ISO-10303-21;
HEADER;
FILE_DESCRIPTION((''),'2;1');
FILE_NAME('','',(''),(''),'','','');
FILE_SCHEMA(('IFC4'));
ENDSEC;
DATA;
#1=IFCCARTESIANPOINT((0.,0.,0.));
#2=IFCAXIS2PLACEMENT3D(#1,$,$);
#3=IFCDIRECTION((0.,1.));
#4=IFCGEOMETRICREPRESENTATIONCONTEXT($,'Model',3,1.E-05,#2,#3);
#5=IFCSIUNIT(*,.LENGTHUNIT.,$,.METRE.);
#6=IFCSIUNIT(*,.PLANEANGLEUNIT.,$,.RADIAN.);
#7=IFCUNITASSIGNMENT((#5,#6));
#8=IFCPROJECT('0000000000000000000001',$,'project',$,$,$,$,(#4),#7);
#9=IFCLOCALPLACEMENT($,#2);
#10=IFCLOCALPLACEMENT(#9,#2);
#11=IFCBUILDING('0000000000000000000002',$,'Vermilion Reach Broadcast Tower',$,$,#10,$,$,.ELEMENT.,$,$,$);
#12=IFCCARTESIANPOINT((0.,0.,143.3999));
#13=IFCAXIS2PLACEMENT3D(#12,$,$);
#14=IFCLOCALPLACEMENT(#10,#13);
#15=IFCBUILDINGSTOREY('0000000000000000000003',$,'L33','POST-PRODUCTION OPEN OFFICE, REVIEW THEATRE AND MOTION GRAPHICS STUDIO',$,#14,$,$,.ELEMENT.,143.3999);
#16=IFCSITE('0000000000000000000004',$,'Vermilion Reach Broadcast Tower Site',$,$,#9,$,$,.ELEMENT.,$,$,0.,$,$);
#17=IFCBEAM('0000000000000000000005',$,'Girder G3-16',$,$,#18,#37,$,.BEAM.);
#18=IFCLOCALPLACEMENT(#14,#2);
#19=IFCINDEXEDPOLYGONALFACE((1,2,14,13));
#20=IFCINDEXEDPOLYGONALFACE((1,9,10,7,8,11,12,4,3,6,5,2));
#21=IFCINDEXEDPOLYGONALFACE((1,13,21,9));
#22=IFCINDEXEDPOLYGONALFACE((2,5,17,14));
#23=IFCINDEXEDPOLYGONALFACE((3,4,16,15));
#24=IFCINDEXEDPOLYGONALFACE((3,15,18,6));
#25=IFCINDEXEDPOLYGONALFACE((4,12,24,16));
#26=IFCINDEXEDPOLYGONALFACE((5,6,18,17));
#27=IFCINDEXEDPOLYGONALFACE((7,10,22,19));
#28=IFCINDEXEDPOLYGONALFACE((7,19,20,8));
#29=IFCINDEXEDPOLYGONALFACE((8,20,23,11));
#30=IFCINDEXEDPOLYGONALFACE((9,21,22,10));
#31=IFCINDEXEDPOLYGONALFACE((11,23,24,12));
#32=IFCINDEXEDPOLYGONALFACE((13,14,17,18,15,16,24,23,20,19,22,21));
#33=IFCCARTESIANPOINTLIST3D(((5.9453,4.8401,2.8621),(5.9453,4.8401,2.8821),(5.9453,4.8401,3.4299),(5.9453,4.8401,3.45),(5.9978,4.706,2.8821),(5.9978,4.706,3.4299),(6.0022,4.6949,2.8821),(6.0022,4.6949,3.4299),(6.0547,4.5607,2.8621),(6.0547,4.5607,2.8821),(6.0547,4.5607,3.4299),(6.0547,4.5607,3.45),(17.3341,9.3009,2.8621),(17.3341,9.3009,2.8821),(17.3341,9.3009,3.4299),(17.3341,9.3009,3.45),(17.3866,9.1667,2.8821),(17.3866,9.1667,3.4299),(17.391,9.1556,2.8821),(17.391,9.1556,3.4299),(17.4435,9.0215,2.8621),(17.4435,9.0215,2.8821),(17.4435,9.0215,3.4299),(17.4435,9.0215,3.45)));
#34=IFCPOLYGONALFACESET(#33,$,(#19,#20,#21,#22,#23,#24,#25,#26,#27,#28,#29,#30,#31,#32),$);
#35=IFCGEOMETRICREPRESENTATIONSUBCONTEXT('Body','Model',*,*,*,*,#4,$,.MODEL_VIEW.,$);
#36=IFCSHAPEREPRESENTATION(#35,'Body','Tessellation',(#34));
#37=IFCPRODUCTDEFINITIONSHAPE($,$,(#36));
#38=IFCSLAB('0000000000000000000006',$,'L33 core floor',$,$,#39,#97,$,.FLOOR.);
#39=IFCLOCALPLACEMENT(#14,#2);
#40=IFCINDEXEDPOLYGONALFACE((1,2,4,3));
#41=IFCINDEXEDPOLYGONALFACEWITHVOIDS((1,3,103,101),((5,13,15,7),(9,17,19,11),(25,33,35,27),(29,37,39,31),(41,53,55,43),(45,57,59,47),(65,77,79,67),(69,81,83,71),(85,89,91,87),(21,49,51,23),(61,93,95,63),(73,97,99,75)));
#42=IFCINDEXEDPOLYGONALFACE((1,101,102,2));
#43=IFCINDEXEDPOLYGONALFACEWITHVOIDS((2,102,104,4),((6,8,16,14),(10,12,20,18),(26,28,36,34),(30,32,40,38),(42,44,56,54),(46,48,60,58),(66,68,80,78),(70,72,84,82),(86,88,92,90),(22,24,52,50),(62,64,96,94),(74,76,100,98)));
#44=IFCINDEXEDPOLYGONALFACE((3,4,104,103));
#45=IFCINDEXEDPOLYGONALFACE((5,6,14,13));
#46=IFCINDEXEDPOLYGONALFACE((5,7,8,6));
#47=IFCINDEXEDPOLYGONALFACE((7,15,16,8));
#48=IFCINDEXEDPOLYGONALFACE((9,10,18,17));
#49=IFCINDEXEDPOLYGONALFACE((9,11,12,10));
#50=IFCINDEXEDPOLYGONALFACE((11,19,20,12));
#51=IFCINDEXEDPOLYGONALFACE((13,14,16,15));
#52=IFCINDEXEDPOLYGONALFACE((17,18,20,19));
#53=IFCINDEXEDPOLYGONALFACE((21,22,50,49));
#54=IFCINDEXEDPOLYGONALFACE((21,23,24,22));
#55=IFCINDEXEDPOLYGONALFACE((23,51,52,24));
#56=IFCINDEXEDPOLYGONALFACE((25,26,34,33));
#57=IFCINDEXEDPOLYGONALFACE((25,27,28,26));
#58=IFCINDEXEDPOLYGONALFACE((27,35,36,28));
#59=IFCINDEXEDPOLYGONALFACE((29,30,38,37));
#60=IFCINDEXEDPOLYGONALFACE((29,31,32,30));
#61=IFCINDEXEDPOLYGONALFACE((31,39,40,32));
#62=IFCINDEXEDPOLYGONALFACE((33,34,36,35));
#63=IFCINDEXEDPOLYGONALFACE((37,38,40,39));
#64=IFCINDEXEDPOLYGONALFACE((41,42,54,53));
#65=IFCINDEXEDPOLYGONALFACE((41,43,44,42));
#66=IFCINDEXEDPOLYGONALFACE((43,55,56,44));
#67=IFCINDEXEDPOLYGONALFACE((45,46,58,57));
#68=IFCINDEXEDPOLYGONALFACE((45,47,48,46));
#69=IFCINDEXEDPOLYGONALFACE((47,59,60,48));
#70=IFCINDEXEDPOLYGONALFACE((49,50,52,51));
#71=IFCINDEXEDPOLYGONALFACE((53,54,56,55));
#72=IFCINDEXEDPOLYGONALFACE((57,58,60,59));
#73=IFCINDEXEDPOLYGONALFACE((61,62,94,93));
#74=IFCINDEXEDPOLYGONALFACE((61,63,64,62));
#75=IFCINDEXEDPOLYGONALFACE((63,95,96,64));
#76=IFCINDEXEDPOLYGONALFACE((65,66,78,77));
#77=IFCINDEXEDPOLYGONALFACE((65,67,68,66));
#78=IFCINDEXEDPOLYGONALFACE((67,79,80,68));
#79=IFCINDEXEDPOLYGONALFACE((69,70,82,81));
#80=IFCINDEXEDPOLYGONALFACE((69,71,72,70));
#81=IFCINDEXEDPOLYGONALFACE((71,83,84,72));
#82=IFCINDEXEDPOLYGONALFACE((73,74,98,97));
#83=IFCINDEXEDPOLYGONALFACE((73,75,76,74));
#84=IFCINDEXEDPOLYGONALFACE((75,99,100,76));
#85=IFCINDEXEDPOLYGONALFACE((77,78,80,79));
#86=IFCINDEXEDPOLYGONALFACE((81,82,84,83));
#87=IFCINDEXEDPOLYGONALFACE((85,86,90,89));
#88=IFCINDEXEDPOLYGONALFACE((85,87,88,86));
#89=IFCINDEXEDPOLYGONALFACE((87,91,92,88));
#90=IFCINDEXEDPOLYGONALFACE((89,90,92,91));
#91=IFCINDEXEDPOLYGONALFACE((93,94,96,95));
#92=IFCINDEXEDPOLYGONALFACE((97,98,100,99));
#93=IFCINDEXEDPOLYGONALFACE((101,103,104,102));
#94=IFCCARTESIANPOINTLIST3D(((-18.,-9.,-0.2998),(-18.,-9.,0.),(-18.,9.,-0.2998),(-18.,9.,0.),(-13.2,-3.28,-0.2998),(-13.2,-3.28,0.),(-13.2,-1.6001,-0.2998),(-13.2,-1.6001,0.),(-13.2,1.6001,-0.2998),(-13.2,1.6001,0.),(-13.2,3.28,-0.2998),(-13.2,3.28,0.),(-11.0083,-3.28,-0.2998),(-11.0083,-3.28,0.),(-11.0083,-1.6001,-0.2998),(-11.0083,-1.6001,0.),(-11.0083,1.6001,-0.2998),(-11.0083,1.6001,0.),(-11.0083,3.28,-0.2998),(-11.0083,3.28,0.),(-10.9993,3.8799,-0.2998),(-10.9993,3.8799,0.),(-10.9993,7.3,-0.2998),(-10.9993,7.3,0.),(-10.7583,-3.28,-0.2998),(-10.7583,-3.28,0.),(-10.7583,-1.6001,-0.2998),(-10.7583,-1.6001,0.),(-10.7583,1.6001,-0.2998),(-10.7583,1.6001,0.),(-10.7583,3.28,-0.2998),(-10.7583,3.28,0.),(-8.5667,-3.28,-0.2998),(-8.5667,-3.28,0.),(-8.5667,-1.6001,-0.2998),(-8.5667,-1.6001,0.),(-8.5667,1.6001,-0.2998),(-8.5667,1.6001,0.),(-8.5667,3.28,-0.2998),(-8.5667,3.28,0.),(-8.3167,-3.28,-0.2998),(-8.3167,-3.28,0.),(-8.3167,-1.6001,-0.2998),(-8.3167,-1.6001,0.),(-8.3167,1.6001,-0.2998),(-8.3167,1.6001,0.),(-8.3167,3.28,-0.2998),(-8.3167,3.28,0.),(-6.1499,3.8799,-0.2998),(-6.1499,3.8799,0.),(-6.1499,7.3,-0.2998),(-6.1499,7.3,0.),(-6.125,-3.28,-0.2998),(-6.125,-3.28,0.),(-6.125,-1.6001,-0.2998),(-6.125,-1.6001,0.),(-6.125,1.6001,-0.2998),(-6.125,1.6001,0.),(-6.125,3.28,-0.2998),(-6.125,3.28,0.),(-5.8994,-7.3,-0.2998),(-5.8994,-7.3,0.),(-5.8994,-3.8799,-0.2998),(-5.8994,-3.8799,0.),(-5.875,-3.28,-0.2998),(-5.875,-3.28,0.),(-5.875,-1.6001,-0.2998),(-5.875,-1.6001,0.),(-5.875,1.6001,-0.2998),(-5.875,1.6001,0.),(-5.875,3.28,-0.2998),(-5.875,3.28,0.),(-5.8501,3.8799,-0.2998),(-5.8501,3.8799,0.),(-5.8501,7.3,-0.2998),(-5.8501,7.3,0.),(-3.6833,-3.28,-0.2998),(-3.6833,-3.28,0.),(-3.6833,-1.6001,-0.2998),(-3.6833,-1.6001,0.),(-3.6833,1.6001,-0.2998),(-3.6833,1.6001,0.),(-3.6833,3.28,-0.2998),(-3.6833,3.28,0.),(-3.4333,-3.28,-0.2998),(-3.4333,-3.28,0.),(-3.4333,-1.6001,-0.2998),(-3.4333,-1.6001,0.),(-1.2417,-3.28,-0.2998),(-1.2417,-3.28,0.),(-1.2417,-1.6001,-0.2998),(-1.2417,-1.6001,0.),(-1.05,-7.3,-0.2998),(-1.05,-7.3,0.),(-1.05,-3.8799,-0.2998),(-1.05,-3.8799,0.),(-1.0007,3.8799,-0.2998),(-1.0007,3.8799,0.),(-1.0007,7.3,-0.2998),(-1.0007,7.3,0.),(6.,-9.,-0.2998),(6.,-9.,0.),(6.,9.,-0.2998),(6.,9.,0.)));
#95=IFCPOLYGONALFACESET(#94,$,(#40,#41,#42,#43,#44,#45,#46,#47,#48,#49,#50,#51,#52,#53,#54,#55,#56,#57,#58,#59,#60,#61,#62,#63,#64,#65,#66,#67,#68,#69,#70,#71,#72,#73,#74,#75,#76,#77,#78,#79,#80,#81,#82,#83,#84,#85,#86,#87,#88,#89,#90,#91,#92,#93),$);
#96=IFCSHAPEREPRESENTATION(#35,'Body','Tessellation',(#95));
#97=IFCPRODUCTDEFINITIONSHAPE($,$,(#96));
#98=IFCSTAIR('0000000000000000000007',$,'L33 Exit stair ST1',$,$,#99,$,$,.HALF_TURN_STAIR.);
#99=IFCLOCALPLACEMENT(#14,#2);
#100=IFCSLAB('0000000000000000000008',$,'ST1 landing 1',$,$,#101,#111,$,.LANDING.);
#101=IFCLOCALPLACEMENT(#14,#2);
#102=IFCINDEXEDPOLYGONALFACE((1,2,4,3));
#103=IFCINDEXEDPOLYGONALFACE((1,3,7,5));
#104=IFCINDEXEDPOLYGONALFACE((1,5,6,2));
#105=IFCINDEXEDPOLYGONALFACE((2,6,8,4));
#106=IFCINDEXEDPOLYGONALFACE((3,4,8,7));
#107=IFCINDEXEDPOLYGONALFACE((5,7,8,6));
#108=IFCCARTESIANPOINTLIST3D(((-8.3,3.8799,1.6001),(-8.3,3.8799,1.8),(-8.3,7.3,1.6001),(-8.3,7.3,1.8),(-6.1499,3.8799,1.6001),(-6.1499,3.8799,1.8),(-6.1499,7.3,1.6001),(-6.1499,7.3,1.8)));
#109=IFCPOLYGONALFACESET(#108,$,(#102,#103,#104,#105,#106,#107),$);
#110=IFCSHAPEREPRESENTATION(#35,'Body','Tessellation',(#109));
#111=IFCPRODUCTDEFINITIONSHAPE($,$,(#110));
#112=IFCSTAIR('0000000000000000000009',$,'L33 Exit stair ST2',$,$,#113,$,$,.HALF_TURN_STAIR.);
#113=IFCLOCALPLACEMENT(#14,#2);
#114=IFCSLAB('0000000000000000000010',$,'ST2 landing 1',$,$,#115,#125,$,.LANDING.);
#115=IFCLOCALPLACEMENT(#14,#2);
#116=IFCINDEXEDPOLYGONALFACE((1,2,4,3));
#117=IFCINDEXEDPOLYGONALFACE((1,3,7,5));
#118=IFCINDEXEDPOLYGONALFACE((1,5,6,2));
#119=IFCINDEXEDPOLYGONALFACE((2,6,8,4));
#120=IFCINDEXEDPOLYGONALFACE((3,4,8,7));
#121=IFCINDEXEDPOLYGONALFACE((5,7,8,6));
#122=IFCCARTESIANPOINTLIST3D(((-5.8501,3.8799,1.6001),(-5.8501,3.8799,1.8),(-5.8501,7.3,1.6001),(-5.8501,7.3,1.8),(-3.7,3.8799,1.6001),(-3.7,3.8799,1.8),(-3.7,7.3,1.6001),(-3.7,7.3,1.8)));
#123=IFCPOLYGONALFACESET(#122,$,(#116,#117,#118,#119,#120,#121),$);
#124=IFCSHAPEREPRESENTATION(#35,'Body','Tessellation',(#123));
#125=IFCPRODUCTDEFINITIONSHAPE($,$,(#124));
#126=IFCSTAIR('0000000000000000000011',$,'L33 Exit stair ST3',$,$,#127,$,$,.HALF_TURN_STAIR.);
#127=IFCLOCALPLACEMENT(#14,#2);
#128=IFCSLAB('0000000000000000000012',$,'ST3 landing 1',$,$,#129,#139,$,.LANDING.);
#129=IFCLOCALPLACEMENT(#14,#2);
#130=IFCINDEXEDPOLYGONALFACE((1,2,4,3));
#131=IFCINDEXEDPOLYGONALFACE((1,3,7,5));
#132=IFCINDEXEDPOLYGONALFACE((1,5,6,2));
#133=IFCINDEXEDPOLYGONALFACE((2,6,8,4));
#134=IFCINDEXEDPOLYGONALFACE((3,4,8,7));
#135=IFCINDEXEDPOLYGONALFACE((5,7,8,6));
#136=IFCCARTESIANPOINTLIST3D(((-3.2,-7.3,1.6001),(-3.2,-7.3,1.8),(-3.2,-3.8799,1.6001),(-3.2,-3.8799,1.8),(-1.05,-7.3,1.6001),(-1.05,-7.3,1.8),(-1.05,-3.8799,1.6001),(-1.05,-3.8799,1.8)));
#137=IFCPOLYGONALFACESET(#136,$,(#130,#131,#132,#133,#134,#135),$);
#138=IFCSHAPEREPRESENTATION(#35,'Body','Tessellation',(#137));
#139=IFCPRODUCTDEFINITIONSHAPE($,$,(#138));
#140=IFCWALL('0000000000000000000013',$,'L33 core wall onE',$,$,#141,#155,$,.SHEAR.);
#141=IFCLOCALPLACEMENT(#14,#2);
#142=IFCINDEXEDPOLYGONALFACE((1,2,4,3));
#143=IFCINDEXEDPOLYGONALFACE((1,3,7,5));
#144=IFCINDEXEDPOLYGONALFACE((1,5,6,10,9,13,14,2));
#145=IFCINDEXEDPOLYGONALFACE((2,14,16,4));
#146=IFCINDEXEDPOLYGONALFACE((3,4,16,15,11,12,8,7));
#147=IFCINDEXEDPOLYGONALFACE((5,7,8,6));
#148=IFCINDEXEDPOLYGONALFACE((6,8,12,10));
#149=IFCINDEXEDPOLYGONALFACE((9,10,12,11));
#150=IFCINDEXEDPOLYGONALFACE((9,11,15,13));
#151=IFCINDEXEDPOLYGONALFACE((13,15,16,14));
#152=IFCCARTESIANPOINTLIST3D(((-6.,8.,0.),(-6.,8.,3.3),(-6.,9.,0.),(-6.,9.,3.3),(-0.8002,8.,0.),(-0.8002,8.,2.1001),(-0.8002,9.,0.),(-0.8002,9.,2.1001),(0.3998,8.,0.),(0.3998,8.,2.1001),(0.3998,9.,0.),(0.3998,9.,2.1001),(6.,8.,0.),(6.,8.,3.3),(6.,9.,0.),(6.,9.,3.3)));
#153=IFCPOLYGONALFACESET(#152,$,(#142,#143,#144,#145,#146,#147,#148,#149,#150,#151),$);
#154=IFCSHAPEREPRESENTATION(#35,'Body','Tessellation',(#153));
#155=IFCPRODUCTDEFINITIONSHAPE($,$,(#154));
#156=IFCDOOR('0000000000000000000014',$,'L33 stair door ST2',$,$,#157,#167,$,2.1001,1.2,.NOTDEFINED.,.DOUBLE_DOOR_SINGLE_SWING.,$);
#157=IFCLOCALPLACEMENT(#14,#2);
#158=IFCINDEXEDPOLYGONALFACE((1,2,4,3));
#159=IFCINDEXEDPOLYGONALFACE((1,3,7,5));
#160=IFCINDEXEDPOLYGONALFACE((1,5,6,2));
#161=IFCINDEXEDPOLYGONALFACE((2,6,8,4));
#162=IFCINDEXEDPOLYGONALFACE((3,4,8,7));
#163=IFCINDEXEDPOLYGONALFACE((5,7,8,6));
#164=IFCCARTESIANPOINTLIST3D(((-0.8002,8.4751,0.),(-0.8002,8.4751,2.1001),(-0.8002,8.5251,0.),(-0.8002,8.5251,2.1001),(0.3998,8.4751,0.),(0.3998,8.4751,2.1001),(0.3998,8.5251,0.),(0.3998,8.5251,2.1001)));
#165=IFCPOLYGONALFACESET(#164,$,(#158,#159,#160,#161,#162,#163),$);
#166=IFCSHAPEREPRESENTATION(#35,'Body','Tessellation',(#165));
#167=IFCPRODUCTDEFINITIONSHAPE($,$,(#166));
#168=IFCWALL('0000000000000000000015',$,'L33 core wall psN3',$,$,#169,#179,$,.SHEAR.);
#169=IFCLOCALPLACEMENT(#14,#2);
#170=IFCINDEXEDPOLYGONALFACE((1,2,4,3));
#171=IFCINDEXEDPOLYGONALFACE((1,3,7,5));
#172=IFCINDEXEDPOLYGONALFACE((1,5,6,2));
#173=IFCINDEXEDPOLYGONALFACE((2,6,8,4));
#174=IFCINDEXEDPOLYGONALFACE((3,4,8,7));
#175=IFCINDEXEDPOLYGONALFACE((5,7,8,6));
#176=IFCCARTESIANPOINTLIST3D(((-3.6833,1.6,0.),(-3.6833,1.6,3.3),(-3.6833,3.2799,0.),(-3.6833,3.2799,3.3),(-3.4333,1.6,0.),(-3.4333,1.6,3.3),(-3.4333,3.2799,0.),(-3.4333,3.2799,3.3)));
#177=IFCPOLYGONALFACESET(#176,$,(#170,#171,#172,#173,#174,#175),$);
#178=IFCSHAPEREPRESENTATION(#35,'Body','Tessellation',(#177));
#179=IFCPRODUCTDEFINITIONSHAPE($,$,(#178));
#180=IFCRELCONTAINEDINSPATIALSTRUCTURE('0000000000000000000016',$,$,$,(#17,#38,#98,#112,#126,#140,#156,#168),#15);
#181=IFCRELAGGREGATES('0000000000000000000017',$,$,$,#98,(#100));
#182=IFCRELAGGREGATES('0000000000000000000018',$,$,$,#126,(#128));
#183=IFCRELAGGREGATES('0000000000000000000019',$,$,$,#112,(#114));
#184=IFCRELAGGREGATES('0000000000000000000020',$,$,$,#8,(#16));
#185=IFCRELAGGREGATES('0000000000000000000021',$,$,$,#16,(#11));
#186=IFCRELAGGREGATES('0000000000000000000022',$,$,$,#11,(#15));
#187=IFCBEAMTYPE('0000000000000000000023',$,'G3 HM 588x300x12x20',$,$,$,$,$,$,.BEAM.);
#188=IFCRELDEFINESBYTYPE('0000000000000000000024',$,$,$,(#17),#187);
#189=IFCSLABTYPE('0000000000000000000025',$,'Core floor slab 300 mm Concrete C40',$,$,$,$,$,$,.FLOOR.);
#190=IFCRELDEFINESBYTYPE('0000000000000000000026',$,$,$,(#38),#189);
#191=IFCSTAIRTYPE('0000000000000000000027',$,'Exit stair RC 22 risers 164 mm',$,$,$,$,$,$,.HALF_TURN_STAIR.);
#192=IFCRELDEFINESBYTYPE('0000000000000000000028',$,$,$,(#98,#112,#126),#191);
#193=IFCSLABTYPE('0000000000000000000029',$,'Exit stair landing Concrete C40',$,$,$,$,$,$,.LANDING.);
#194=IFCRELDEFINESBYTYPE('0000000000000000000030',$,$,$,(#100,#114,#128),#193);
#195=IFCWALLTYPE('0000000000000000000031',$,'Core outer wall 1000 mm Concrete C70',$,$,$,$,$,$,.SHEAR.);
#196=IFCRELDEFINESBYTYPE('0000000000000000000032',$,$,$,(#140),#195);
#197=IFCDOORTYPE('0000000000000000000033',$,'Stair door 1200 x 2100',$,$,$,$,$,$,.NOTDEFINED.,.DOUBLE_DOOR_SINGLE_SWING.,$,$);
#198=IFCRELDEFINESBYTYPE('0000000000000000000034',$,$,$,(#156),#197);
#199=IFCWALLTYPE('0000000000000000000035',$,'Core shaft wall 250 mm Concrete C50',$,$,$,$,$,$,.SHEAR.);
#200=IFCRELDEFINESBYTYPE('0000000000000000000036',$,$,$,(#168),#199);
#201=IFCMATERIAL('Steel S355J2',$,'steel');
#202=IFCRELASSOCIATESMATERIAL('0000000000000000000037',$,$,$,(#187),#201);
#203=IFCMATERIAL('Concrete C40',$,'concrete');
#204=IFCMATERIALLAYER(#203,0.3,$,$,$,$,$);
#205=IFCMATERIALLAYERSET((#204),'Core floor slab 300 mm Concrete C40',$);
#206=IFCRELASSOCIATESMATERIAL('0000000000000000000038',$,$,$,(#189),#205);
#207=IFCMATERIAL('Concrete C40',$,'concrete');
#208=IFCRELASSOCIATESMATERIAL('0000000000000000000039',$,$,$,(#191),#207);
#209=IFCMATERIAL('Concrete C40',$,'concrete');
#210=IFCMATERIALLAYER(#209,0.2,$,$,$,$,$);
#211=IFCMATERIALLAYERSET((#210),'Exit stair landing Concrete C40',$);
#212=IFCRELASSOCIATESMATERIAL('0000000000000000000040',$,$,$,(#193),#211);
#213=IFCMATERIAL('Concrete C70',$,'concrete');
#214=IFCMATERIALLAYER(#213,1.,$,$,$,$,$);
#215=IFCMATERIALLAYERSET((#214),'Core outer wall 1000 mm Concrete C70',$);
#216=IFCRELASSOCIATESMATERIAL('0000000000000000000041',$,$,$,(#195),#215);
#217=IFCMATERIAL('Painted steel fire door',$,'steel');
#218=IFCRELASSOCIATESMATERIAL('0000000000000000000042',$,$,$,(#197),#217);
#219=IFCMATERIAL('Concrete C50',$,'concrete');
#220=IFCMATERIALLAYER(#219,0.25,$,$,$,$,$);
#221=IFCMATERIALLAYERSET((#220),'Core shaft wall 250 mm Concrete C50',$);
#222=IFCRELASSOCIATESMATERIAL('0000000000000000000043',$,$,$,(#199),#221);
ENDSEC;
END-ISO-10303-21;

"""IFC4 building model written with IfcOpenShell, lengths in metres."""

from ifc_helpers import new_model, si_unit, direction, frame, frame_2d, origin, origin_2d, place, context, subcontext, project, spatial, polyline, rectangle, i_section, outline, extrude, material, layer, layer_set, material_profile, profile_set, type_object, element, fill, aggregate, save


model = new_model("IFC4")

# Units and contexts
model_context = context("Model", 3, precision=1e-05, world=origin(), true_north=direction((0.0, 1.0)))
body_context = subcontext(model_context, "Body", "Model", "MODEL_VIEW")
ifc_project = project(units=[si_unit("LENGTHUNIT", "METRE"), si_unit("PLANEANGLEUNIT", "RADIAN")], contexts=[model_context])

# Site, building, storey
site_placement = place(None, origin())
site = spatial("IfcSite", under=ifc_project, at=site_placement, Name="Vermilion Reach Broadcast Tower Site", CompositionType="ELEMENT", RefElevation=0.0)
building_placement = place(site_placement, origin())
building = spatial("IfcBuilding", under=site, at=building_placement, Name="Vermilion Reach Broadcast Tower", CompositionType="ELEMENT")
storey_placement = place(building_placement, frame((0.0, 0.0, 143.3999)))
storey = spatial("IfcBuildingStorey", under=building, at=storey_placement, Name="L33", Description="POST-PRODUCTION OPEN OFFICE, REVIEW THEATRE AND MOTION GRAPHICS STUDIO", CompositionType="ELEMENT", Elevation=143.3999)

# Beam
ifc_material_1 = material(Name="Steel S355J2", Category="steel")
ifc_material_profile = material_profile(ifc_material_1, i_section(OverallWidth=0.3, OverallDepth=0.5879, WebThickness=0.012, FlangeThickness=0.02, at=origin_2d()), Name="S355J2 HM 588x300x12x20")
ifc_profile_set = profile_set([ifc_material_profile], Name="Steel S355J2")
beam_type = type_object("IfcBeamType", Name="G3 HM 588x300x12x20", PredefinedType="BEAM", material=ifc_profile_set)
beam_placement = place(storey_placement, frame((6.0, 4.7004, 3.156), z_axis=(0.931125, 0.364701, 0.0), x_axis=(-0.364701, 0.931125, 0.0)))
element("IfcBeam", 1, at=beam_placement, inside=storey, type_object=beam_type, Name="Girder G3-16", PredefinedType="BEAM", context=body_context, shape_type="SweptSolid", body=[
    extrude(i_section(OverallWidth=0.3, OverallDepth=0.5879, WebThickness=0.012, FlangeThickness=0.02, at=origin_2d()), origin(), (0.0, 0.0, 1.0), 12.2312),
])

# Slab
ifc_material_2 = material(Name="Concrete C40", Category="concrete")
ifc_layer_1 = layer(ifc_material_2, 0.3)
ifc_layer_set_1 = layer_set([ifc_layer_1], Name="Core floor slab 300 mm Concrete C40")
slab_type_1 = type_object("IfcSlabType", Name="Core floor slab 300 mm Concrete C40", PredefinedType="FLOOR", material=ifc_layer_set_1)
slab_1_placement = place(storey_placement, frame((0.0, 0.0, -0.2998)))
element("IfcSlab", 2, at=slab_1_placement, inside=storey, type_object=slab_type_1, Name="L33 core floor", PredefinedType="FLOOR", context=body_context, shape_type="SweptSolid", body=[
    extrude(outline(polyline([(-18.0, -9.0), (6.0, -9.0), (6.0, 9.0), (-18.0, 9.0), (-18.0, -9.0)]), holes=[polyline([(-13.2, 1.6001), (-11.0083, 1.6001), (-11.0083, 3.28), (-13.2, 3.28), (-13.2, 1.6001)]), polyline([(-10.7583, 1.6001), (-8.5667, 1.6001), (-8.5667, 3.28), (-10.7583, 3.28), (-10.7583, 1.6001)]), polyline([(-8.3167, 1.6001), (-6.125, 1.6001), (-6.125, 3.28), (-8.3167, 3.28), (-8.3167, 1.6001)]), polyline([(-5.875, 1.6001), (-3.6833, 1.6001), (-3.6833, 3.28), (-5.875, 3.28), (-5.875, 1.6001)]), polyline([(-13.2, -3.28), (-11.0083, -3.28), (-11.0083, -1.6001), (-13.2, -1.6001), (-13.2, -3.28)]), polyline([(-10.7583, -3.28), (-8.5667, -3.28), (-8.5667, -1.6001), (-10.7583, -1.6001), (-10.7583, -3.28)]), polyline([(-8.3167, -3.28), (-6.125, -3.28), (-6.125, -1.6001), (-8.3167, -1.6001), (-8.3167, -3.28)]), polyline([(-5.875, -3.28), (-3.6833, -3.28), (-3.6833, -1.6001), (-5.875, -1.6001), (-5.875, -3.28)]), polyline([(-3.4333, -3.28), (-1.2417, -3.28), (-1.2417, -1.6001), (-3.4333, -1.6001), (-3.4333, -3.28)]), polyline([(-10.9993, 3.8799), (-6.1499, 3.8799), (-6.1499, 7.3), (-10.9993, 7.3), (-10.9993, 3.8799)]), polyline([(-1.0007, 7.3), (-5.8501, 7.3), (-5.8501, 3.8799), (-1.0007, 3.8799), (-1.0007, 7.3)]), polyline([(-5.8994, -7.3), (-1.05, -7.3), (-1.05, -3.8799), (-5.8994, -3.8799), (-5.8994, -7.3)])]), origin(), (0.0, 0.0, 1.0), 0.2998),
])

# Stairs, slabs
ifc_material_3 = material(Name="Concrete C40", Category="concrete")
stair_type = type_object("IfcStairType", Name="Exit stair RC 22 risers 164 mm", PredefinedType="HALF_TURN_STAIR", material=ifc_material_3)
placement_1 = place(storey_placement, origin())
stair_1 = element("IfcStair", 3, at=placement_1, inside=storey, type_object=stair_type, Name="L33 Exit stair ST1", PredefinedType="HALF_TURN_STAIR")
ifc_material_4 = material(Name="Concrete C40", Category="concrete")
ifc_layer_2 = layer(ifc_material_4, 0.2)
ifc_layer_set_2 = layer_set([ifc_layer_2], Name="Exit stair landing Concrete C40")
slab_type_2 = type_object("IfcSlabType", Name="Exit stair landing Concrete C40", PredefinedType="LANDING", material=ifc_layer_set_2)
placement_2 = place(storey_placement, frame((0.0, 0.0, 1.6001)))
slab_2 = element("IfcSlab", 4, at=placement_2, type_object=slab_type_2, Name="ST1 landing 1", PredefinedType="LANDING", context=body_context, shape_type="SweptSolid", body=[
    extrude(outline(polyline([(-8.3, 3.8799), (-6.1499, 3.8799), (-6.1499, 7.3), (-8.3, 7.3), (-8.3, 3.8799)])), origin(), (0.0, 0.0, 1.0), 0.2),
])
aggregate(stair_1, [slab_2])
stair_2 = element("IfcStair", 5, at=placement_1, inside=storey, type_object=stair_type, Name="L33 Exit stair ST2", PredefinedType="HALF_TURN_STAIR")
slab_3 = element("IfcSlab", 6, at=placement_2, type_object=slab_type_2, Name="ST2 landing 1", PredefinedType="LANDING", context=body_context, shape_type="SweptSolid", body=[
    extrude(outline(polyline([(-3.7, 7.3), (-5.8501, 7.3), (-5.8501, 3.8799), (-3.7, 3.8799), (-3.7, 7.3)])), origin(), (0.0, 0.0, 1.0), 0.2),
])
stair_3 = element("IfcStair", 7, at=placement_1, inside=storey, type_object=stair_type, Name="L33 Exit stair ST3", PredefinedType="HALF_TURN_STAIR")
slab_4 = element("IfcSlab", 8, at=placement_2, type_object=slab_type_2, Name="ST3 landing 1", PredefinedType="LANDING", context=body_context, shape_type="SweptSolid", body=[
    extrude(outline(polyline([(-3.2, -7.3), (-1.05, -7.3), (-1.05, -3.8799), (-3.2, -3.8799), (-3.2, -7.3)])), origin(), (0.0, 0.0, 1.0), 0.2),
])
aggregate(stair_3, [slab_4])

# Wall, opening, door
ifc_material_5 = material(Name="Concrete C70", Category="concrete")
ifc_layer_3 = layer(ifc_material_5, 1.0)
ifc_layer_set_3 = layer_set([ifc_layer_3], Name="Core outer wall 1000 mm Concrete C70")
wall_type_1 = type_object("IfcWallType", Name="Core outer wall 1000 mm Concrete C70", PredefinedType="SHEAR", material=ifc_layer_set_3)
wall_1_placement = place(storey_placement, frame((6.0, 8.5, 0.0), z_axis=(0.0, 0.0, 1.0), x_axis=(-1.0, 0.0, 0.0)))
wall_1 = element("IfcWall", 9, at=wall_1_placement, inside=storey, type_object=wall_type_1, Name="L33 core wall onE", PredefinedType="SHEAR", context=body_context, shape_type="SweptSolid", body=[
    extrude(rectangle(XDim=12.0, YDim=1.0, at=frame_2d((6.0, 0.0))), origin(), (0.0, 0.0, 1.0), 3.3),
])
opening_placement = place(wall_1_placement, frame((5.6001, 0.0, 0.0)))
opening = element("IfcOpeningElement", 10, at=opening_placement, cuts=wall_1, PredefinedType="OPENING", context=body_context, shape_type="SweptSolid", body=[
    extrude(rectangle(XDim=1.2, YDim=2.1001, at=frame_2d((0.6001, 1.05))), frame((0.0, 0.51, 0.0), z_axis=(0.0, -1.0, 0.0), x_axis=(1.0, 0.0, 0.0)), (0.0, 0.0, 1.0), 1.02),
])
ifc_material_6 = material(Name="Painted steel fire door", Category="steel")
door_type = type_object("IfcDoorType", Name="Stair door 1200 x 2100", OperationType="DOUBLE_DOOR_SINGLE_SWING", PredefinedType="NOTDEFINED", material=ifc_material_6)
door_placement = place(opening_placement, origin())
door = element("IfcDoor", 11, at=door_placement, inside=storey, type_object=door_type, Name="L33 stair door ST2", OperationType="DOUBLE_DOOR_SINGLE_SWING", OverallHeight=2.1001, OverallWidth=1.2, PredefinedType="NOTDEFINED", context=body_context, shape_type="SweptSolid", body=[
    extrude(rectangle(XDim=1.2, YDim=2.1001, at=frame_2d((0.6001, 1.05))), frame((0.0, 0.0249, 0.0), z_axis=(0.0, -1.0, 0.0), x_axis=(1.0, 0.0, 0.0)), (0.0, 0.0, 1.0), 0.05),
])
fill(opening, door)

# Wall
ifc_material_7 = material(Name="Concrete C50", Category="concrete")
ifc_layer_4 = layer(ifc_material_7, 0.25)
ifc_layer_set_4 = layer_set([ifc_layer_4], Name="Core shaft wall 250 mm Concrete C50")
wall_type_2 = type_object("IfcWallType", Name="Core shaft wall 250 mm Concrete C50", PredefinedType="SHEAR", material=ifc_layer_set_4)
wall_2_placement = place(storey_placement, frame((-3.5583, 1.6001, 0.0), z_axis=(0.0, 0.0, 1.0), x_axis=(0.0, 1.0, 0.0)))
element("IfcWall", 12, at=wall_2_placement, inside=storey, type_object=wall_type_2, Name="L33 core wall psN3", PredefinedType="SHEAR", context=body_context, shape_type="SweptSolid", body=[
    extrude(rectangle(XDim=1.6799, YDim=0.25, at=frame_2d((0.8398, 0.0))), origin(), (0.0, 0.0, 1.0), 3.3),
])

aggregate(stair_2, [slab_3])

save(model, "model.ifc")
